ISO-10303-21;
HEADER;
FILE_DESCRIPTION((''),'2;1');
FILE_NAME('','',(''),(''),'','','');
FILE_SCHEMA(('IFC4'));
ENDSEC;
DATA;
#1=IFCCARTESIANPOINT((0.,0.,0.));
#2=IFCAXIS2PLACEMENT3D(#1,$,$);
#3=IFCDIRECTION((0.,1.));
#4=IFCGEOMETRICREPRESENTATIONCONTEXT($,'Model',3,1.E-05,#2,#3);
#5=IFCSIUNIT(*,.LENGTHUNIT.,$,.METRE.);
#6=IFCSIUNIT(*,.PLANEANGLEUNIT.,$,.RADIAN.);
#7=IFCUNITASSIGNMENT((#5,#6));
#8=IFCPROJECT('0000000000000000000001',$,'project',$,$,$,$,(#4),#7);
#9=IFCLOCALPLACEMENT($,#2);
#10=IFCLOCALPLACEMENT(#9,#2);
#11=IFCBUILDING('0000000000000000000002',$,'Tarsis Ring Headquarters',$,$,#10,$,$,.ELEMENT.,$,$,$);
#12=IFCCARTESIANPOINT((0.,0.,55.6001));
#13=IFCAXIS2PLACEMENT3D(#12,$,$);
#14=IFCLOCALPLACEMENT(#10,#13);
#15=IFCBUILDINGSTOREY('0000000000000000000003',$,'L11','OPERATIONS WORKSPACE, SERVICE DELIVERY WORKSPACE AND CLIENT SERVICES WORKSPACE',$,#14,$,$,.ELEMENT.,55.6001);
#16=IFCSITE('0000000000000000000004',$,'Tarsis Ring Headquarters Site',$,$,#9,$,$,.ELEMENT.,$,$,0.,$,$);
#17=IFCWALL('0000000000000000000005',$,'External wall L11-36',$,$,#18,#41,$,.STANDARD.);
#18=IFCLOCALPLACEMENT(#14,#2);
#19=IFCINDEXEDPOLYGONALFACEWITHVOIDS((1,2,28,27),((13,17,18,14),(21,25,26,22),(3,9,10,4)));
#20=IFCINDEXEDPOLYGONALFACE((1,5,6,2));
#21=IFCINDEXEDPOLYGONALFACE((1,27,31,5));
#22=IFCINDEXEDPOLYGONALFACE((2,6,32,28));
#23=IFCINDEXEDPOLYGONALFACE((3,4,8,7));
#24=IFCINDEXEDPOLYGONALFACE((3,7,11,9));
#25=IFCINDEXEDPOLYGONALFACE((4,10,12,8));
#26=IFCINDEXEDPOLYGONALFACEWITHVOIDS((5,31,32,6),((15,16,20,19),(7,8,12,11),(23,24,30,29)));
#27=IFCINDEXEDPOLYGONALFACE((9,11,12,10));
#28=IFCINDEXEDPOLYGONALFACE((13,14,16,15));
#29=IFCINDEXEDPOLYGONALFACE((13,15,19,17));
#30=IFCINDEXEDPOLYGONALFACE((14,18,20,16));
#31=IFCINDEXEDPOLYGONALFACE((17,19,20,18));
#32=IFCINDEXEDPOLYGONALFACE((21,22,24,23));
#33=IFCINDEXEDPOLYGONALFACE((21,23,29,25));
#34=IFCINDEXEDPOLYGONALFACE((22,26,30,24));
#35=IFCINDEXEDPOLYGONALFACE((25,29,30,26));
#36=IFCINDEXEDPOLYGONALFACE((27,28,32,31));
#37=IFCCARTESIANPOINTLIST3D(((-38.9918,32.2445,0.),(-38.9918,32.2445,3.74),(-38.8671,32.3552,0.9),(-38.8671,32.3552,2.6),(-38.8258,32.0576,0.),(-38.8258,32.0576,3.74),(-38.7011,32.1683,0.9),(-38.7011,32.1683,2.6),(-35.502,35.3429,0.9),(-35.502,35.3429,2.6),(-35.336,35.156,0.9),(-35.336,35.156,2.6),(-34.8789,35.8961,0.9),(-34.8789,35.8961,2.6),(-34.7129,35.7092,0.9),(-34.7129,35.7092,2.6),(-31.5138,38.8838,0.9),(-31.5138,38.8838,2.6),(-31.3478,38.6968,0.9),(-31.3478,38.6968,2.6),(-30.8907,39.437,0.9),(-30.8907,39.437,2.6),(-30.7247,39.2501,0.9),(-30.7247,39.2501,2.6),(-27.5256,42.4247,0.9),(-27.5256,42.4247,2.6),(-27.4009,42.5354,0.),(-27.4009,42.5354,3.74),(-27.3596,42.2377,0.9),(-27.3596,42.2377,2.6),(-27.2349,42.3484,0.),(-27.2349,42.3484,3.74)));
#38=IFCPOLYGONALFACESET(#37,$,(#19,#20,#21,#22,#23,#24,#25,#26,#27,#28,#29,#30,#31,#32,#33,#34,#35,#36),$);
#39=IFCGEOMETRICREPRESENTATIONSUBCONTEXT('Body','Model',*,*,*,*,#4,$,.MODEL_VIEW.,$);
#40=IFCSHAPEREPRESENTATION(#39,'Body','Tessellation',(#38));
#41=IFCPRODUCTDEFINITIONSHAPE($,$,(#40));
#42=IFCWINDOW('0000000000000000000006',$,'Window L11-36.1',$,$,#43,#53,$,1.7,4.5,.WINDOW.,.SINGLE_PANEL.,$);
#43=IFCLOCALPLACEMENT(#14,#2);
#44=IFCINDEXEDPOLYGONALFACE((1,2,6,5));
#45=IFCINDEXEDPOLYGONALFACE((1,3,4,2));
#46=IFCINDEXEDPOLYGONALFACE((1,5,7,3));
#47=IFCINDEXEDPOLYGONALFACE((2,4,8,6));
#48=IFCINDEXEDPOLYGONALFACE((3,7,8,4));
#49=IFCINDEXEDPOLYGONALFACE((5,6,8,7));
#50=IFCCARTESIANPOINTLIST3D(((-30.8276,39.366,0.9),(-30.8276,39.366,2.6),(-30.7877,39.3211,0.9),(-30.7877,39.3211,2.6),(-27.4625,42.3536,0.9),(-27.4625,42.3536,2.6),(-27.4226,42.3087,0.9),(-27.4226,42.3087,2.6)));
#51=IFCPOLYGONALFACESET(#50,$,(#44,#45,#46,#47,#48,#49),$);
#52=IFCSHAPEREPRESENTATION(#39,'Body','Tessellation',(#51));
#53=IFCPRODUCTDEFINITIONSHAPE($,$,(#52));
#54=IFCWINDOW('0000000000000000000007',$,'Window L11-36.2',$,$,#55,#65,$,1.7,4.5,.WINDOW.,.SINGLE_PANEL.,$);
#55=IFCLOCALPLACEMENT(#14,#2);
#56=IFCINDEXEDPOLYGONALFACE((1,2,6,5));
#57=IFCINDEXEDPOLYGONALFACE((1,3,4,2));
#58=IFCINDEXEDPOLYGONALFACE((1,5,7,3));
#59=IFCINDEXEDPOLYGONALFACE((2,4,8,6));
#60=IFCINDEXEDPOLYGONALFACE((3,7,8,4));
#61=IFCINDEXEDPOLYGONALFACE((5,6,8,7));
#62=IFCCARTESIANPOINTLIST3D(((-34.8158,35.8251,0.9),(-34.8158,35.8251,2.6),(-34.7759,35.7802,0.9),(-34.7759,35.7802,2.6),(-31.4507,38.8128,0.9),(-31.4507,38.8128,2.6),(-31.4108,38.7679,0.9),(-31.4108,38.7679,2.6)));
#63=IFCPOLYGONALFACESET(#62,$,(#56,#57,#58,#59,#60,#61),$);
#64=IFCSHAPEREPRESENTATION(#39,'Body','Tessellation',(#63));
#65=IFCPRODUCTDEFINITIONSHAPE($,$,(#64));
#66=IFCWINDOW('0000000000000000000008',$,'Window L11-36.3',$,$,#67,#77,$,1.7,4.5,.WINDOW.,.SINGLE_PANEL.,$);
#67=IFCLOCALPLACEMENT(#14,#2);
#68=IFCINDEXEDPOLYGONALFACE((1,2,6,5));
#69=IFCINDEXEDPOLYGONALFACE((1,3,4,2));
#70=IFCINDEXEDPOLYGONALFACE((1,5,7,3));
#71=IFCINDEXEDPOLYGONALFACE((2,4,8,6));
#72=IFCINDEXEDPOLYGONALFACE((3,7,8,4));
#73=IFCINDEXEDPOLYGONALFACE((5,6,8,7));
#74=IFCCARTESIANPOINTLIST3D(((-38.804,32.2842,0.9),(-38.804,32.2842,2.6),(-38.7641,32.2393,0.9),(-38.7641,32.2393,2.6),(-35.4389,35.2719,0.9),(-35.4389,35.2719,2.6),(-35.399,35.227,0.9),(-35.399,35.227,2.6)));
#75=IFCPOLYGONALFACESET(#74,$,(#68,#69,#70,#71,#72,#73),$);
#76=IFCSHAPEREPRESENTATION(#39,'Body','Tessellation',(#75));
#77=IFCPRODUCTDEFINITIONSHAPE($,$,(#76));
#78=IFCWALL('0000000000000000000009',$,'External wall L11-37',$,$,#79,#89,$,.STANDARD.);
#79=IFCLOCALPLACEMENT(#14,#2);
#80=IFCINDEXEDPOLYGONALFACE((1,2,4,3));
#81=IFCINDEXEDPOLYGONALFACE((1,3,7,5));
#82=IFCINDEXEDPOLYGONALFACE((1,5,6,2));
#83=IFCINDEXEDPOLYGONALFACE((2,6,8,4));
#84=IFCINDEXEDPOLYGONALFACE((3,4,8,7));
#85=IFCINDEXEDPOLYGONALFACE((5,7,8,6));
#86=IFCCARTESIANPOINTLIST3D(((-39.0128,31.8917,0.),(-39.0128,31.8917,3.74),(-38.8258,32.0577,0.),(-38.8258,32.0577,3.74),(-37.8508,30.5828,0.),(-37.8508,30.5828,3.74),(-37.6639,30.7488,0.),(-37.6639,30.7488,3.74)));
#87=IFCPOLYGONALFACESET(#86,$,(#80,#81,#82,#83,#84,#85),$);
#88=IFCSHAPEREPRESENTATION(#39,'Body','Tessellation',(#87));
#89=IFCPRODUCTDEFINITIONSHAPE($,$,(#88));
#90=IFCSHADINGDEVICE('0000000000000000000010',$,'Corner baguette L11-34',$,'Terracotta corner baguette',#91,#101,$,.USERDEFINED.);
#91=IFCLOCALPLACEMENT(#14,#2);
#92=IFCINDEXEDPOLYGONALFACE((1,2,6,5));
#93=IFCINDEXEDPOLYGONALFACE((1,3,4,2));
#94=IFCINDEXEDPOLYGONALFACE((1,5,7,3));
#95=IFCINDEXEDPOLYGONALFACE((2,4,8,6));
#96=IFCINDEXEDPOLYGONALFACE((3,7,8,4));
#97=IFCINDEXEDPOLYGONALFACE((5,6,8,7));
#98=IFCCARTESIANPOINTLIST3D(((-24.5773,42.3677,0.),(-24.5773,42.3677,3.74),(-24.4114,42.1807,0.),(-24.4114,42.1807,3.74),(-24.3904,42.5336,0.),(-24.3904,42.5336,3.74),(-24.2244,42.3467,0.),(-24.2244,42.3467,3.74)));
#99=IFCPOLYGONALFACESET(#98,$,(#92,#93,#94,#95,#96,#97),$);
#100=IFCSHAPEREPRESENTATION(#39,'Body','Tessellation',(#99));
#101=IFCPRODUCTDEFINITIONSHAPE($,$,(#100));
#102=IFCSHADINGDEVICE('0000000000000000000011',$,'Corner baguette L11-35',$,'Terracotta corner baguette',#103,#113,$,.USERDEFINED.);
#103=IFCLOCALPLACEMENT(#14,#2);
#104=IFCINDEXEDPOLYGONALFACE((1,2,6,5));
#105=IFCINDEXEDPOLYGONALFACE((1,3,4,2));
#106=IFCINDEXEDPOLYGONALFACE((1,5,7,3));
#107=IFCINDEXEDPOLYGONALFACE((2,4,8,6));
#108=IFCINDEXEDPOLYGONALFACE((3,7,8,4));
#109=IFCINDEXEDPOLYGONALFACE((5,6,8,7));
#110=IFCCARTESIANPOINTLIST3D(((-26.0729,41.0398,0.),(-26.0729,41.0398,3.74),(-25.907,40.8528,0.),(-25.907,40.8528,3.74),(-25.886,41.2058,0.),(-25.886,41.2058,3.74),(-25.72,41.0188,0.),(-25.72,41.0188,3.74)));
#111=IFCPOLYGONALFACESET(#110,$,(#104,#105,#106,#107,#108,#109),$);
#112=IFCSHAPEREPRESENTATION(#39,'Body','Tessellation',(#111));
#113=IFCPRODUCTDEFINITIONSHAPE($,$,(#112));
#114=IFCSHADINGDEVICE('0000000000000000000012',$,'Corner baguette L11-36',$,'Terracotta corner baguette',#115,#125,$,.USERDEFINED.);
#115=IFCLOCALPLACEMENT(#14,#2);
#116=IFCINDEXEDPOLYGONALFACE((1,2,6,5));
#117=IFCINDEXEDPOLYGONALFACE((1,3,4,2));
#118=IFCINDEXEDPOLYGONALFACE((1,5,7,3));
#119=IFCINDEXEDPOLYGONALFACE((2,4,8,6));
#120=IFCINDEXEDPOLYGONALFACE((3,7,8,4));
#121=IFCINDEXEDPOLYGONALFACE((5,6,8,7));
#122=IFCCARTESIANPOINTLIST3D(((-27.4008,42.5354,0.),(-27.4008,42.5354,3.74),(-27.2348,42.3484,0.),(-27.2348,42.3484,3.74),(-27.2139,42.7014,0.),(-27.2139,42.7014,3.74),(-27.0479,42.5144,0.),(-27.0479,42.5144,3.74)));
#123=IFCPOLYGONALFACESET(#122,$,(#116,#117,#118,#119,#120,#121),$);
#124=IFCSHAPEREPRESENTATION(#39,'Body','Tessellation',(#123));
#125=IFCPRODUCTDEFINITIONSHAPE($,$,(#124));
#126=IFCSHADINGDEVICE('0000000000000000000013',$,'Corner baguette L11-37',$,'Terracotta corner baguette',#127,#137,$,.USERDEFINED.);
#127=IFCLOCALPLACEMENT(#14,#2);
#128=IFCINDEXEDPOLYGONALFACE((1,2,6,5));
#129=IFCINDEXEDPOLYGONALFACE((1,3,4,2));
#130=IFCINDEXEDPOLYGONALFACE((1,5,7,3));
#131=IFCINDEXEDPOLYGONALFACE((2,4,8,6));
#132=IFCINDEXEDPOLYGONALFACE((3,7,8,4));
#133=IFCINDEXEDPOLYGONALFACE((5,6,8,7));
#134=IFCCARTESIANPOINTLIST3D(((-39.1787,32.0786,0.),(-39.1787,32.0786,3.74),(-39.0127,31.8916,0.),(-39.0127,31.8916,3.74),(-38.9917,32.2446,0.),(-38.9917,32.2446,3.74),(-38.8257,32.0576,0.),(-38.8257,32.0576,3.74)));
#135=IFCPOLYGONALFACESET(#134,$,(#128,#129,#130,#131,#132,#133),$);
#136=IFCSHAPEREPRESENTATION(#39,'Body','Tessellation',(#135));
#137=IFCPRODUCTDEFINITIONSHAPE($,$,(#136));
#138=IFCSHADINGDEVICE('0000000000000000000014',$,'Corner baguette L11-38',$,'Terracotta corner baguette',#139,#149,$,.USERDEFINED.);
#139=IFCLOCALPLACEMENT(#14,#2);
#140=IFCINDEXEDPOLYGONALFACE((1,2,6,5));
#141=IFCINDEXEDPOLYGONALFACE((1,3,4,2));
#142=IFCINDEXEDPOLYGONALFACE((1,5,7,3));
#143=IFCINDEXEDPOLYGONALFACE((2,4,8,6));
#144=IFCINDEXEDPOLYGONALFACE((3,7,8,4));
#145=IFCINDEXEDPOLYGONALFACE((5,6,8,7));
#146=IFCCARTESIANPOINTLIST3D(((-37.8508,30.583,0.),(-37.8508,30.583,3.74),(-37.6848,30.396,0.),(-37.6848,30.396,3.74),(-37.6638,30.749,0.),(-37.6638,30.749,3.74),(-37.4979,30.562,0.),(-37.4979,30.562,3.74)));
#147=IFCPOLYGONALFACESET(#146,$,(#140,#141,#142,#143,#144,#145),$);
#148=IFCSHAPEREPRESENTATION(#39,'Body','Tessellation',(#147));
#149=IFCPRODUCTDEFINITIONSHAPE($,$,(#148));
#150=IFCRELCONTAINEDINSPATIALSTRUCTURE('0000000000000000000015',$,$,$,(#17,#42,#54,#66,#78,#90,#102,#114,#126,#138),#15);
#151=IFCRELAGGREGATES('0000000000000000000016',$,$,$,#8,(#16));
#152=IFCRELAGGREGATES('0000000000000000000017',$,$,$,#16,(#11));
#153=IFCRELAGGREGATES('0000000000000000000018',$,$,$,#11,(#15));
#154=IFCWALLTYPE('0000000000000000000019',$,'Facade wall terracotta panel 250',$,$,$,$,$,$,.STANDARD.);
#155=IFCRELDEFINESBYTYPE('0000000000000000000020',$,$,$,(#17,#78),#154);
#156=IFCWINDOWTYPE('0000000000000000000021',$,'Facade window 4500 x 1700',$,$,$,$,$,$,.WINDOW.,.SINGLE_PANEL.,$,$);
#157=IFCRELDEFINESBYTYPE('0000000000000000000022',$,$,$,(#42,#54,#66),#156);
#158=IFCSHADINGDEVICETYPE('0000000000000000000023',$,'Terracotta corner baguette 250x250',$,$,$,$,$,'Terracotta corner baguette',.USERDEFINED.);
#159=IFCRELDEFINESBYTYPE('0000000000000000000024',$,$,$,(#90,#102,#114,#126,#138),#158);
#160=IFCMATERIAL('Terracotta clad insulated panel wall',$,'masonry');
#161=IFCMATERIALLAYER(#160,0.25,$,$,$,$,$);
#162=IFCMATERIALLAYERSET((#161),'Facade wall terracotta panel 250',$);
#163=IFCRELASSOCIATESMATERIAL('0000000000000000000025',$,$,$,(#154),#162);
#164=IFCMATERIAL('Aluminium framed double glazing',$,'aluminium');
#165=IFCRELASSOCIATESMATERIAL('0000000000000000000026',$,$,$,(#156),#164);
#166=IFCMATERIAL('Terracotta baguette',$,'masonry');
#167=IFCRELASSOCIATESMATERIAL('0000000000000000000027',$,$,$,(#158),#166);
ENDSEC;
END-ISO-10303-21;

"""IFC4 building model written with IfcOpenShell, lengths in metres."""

from ifc_helpers import new_model, si_unit, direction, frame, frame_2d, origin, origin_2d, place, context, subcontext, project, spatial, rectangle, extrude, material, layer, layer_set, type_object, element, fill, save


model = new_model("IFC4")

# Units and contexts
model_context = context("Model", 3, precision=1e-05, world=origin(), true_north=direction((0.0, 1.0)))
body_context = subcontext(model_context, "Body", "Model", "MODEL_VIEW")
ifc_project = project(units=[si_unit("LENGTHUNIT", "METRE"), si_unit("PLANEANGLEUNIT", "RADIAN")], contexts=[model_context])

# Site, building, storey
site_placement = place(None, origin())
site = spatial("IfcSite", under=ifc_project, at=site_placement, Name="Tarsis Ring Headquarters Site", CompositionType="ELEMENT", RefElevation=0.0)
building_placement = place(site_placement, origin())
building = spatial("IfcBuilding", under=site, at=building_placement, Name="Tarsis Ring Headquarters", CompositionType="ELEMENT")
storey_placement = place(building_placement, frame((0.0, 0.0, 55.6001)))
storey = spatial("IfcBuildingStorey", under=building, at=storey_placement, Name="L11", Description="OPERATIONS WORKSPACE, SERVICE DELIVERY WORKSPACE AND CLIENT SERVICES WORKSPACE", CompositionType="ELEMENT", Elevation=55.6001)

# Shared definitions
ifc_material_1 = material(Name="Terracotta clad insulated panel wall", Category="masonry")
ifc_layer_1 = layer(ifc_material_1, 0.25)
ifc_layer_set_1 = layer_set([ifc_layer_1], Name="Facade wall terracotta panel 250")
wall_type_1 = type_object("IfcWallType", Name="Facade wall terracotta panel 250", PredefinedType="STANDARD", material=ifc_layer_set_1)

# Wall, openings, windows
wall_1_placement = place(storey_placement, frame((-27.3179, 42.4419, 0.0), z_axis=(0.0, 0.0, 1.0), x_axis=(-0.747799, -0.663925, 0.0)))
wall_1 = element("IfcWall", 1, at=wall_1_placement, inside=storey, type_object=wall_type_1, Name="External wall L11-36", PredefinedType="STANDARD", context=body_context, shape_type="SweptSolid", body=[
    extrude(rectangle(XDim=15.5, YDim=0.25, at=frame_2d((7.75, 0.0))), origin(), (0.0, 0.0, 1.0), 3.74),
])
opening_1_placement = place(wall_1_placement, frame((0.1667, 0.0, 0.8999)))
opening_1 = element("IfcOpeningElement", 2, at=opening_1_placement, cuts=wall_1, PredefinedType="OPENING", context=body_context, shape_type="SweptSolid", body=[
    extrude(rectangle(XDim=4.5, YDim=1.7, at=frame_2d((2.25, 0.8501))), frame((0.0, 0.135, 0.0), z_axis=(0.0, -1.0, 0.0), x_axis=(1.0, 0.0, 0.0)), (0.0, 0.0, 1.0), 0.27),
])
opening_2_placement = place(wall_1_placement, frame((5.5, 0.0, 0.8999)))
opening_2 = element("IfcOpeningElement", 3, at=opening_2_placement, cuts=wall_1, PredefinedType="OPENING", context=body_context, shape_type="SweptSolid", body=[
    extrude(rectangle(XDim=4.5, YDim=1.7, at=frame_2d((2.25, 0.8501))), frame((0.0, 0.135, 0.0), z_axis=(0.0, -1.0, 0.0), x_axis=(1.0, 0.0, 0.0)), (0.0, 0.0, 1.0), 0.27),
])
opening_3_placement = place(wall_1_placement, frame((10.8333, 0.0, 0.8999)))
opening_3 = element("IfcOpeningElement", 4, at=opening_3_placement, cuts=wall_1, PredefinedType="OPENING", context=body_context, shape_type="SweptSolid", body=[
    extrude(rectangle(XDim=4.5, YDim=1.7, at=frame_2d((2.25, 0.8501))), frame((0.0, 0.135, 0.0), z_axis=(0.0, -1.0, 0.0), x_axis=(1.0, 0.0, 0.0)), (0.0, 0.0, 1.0), 0.27),
])
ifc_material_2 = material(Name="Aluminium framed double glazing", Category="aluminium")
window_type = type_object("IfcWindowType", Name="Facade window 4500 x 1700", PartitioningType="SINGLE_PANEL", PredefinedType="WINDOW", material=ifc_material_2)
window_1_placement = place(opening_1_placement, origin())
window_1 = element("IfcWindow", 5, at=window_1_placement, inside=storey, type_object=window_type, Name="Window L11-36.1", OverallHeight=1.7, OverallWidth=4.5, PartitioningType="SINGLE_PANEL", PredefinedType="WINDOW", context=body_context, shape_type="SweptSolid", body=[
    extrude(rectangle(XDim=4.5, YDim=1.7, at=frame_2d((2.25, 0.8501))), frame((0.0, 0.03, 0.0), z_axis=(0.0, -1.0, 0.0), x_axis=(1.0, 0.0, 0.0)), (0.0, 0.0, 1.0), 0.0601),
])
fill(opening_1, window_1)
window_2_placement = place(opening_2_placement, origin())
window_2 = element("IfcWindow", 6, at=window_2_placement, inside=storey, type_object=window_type, Name="Window L11-36.2", OverallHeight=1.7, OverallWidth=4.5, PartitioningType="SINGLE_PANEL", PredefinedType="WINDOW", context=body_context, shape_type="SweptSolid", body=[
    extrude(rectangle(XDim=4.5, YDim=1.7, at=frame_2d((2.25, 0.8501))), frame((0.0, 0.03, 0.0), z_axis=(0.0, -1.0, 0.0), x_axis=(1.0, 0.0, 0.0)), (0.0, 0.0, 1.0), 0.0601),
])
fill(opening_2, window_2)
window_3_placement = place(opening_3_placement, origin())
window_3 = element("IfcWindow", 7, at=window_3_placement, inside=storey, type_object=window_type, Name="Window L11-36.3", OverallHeight=1.7, OverallWidth=4.5, PartitioningType="SINGLE_PANEL", PredefinedType="WINDOW", context=body_context, shape_type="SweptSolid", body=[
    extrude(rectangle(XDim=4.5, YDim=1.7, at=frame_2d((2.25, 0.8501))), frame((0.0, 0.03, 0.0), z_axis=(0.0, -1.0, 0.0), x_axis=(1.0, 0.0, 0.0)), (0.0, 0.0, 1.0), 0.0601),
])
fill(opening_3, window_3)

# Wall
wall_2_placement = place(storey_placement, frame((-38.9192, 31.9746, 0.0), z_axis=(0.0, 0.0, 1.0), x_axis=(0.66387, -0.747848, 0.0)))
element("IfcWall", 8, at=wall_2_placement, inside=storey, type_object=wall_type_1, Name="External wall L11-37", PredefinedType="STANDARD", context=body_context, shape_type="SweptSolid", body=[
    extrude(rectangle(XDim=1.7502, YDim=0.25, at=frame_2d((0.875, 0.0))), origin(), (0.0, 0.0, 1.0), 3.74),
])

# Shading devices
ifc_material_3 = material(Name="Terracotta baguette", Category="masonry")
shading_device_type_1 = type_object("IfcShadingDeviceType", Name="Terracotta corner baguette 250x250", ElementType="Terracotta corner baguette", PredefinedType="USERDEFINED", material=ifc_material_3)
for number, where, z_axis, x_axis, name in (
    (9, (-24.4009, 42.3572, 0.0), (0.0, 0.0, 1.0), (-0.663926, 0.747798, 0.0), "Corner baguette L11-34"),
    (10, (-25.8965, 41.0293, 0.0), (0.0, 0.0, 1.0), (-0.747798, -0.663926, 0.0), "Corner baguette L11-35"),
    (11, (-27.2244, 42.5249, 0.0), (0.0, 0.0, 1.0), (-0.663926, 0.747798, 0.0), "Corner baguette L11-36"),
    (12, (-39.0022, 32.0681, 0.0), (0.0, 0.0, 1.0), (-0.747798, -0.663926, 0.0), "Corner baguette L11-37"),
    (13, (-37.6743, 30.5725, 0.0), (0.0, 0.0, 1.0), (0.663926, -0.747798, 0.0), "Corner baguette L11-38"),
):
    element("IfcShadingDevice", number, at=place(storey_placement, frame(where, z_axis=z_axis, x_axis=x_axis)), inside=storey, type_object=shading_device_type_1, Name=name, ObjectType="Terracotta corner baguette", PredefinedType="USERDEFINED", context=body_context, shape_type="SweptSolid", body=[
        extrude(rectangle(XDim=0.25, YDim=0.25, at=origin_2d()), origin(), (0.0, 0.0, 1.0), 3.74),
    ])

save(model, "model.ifc")
